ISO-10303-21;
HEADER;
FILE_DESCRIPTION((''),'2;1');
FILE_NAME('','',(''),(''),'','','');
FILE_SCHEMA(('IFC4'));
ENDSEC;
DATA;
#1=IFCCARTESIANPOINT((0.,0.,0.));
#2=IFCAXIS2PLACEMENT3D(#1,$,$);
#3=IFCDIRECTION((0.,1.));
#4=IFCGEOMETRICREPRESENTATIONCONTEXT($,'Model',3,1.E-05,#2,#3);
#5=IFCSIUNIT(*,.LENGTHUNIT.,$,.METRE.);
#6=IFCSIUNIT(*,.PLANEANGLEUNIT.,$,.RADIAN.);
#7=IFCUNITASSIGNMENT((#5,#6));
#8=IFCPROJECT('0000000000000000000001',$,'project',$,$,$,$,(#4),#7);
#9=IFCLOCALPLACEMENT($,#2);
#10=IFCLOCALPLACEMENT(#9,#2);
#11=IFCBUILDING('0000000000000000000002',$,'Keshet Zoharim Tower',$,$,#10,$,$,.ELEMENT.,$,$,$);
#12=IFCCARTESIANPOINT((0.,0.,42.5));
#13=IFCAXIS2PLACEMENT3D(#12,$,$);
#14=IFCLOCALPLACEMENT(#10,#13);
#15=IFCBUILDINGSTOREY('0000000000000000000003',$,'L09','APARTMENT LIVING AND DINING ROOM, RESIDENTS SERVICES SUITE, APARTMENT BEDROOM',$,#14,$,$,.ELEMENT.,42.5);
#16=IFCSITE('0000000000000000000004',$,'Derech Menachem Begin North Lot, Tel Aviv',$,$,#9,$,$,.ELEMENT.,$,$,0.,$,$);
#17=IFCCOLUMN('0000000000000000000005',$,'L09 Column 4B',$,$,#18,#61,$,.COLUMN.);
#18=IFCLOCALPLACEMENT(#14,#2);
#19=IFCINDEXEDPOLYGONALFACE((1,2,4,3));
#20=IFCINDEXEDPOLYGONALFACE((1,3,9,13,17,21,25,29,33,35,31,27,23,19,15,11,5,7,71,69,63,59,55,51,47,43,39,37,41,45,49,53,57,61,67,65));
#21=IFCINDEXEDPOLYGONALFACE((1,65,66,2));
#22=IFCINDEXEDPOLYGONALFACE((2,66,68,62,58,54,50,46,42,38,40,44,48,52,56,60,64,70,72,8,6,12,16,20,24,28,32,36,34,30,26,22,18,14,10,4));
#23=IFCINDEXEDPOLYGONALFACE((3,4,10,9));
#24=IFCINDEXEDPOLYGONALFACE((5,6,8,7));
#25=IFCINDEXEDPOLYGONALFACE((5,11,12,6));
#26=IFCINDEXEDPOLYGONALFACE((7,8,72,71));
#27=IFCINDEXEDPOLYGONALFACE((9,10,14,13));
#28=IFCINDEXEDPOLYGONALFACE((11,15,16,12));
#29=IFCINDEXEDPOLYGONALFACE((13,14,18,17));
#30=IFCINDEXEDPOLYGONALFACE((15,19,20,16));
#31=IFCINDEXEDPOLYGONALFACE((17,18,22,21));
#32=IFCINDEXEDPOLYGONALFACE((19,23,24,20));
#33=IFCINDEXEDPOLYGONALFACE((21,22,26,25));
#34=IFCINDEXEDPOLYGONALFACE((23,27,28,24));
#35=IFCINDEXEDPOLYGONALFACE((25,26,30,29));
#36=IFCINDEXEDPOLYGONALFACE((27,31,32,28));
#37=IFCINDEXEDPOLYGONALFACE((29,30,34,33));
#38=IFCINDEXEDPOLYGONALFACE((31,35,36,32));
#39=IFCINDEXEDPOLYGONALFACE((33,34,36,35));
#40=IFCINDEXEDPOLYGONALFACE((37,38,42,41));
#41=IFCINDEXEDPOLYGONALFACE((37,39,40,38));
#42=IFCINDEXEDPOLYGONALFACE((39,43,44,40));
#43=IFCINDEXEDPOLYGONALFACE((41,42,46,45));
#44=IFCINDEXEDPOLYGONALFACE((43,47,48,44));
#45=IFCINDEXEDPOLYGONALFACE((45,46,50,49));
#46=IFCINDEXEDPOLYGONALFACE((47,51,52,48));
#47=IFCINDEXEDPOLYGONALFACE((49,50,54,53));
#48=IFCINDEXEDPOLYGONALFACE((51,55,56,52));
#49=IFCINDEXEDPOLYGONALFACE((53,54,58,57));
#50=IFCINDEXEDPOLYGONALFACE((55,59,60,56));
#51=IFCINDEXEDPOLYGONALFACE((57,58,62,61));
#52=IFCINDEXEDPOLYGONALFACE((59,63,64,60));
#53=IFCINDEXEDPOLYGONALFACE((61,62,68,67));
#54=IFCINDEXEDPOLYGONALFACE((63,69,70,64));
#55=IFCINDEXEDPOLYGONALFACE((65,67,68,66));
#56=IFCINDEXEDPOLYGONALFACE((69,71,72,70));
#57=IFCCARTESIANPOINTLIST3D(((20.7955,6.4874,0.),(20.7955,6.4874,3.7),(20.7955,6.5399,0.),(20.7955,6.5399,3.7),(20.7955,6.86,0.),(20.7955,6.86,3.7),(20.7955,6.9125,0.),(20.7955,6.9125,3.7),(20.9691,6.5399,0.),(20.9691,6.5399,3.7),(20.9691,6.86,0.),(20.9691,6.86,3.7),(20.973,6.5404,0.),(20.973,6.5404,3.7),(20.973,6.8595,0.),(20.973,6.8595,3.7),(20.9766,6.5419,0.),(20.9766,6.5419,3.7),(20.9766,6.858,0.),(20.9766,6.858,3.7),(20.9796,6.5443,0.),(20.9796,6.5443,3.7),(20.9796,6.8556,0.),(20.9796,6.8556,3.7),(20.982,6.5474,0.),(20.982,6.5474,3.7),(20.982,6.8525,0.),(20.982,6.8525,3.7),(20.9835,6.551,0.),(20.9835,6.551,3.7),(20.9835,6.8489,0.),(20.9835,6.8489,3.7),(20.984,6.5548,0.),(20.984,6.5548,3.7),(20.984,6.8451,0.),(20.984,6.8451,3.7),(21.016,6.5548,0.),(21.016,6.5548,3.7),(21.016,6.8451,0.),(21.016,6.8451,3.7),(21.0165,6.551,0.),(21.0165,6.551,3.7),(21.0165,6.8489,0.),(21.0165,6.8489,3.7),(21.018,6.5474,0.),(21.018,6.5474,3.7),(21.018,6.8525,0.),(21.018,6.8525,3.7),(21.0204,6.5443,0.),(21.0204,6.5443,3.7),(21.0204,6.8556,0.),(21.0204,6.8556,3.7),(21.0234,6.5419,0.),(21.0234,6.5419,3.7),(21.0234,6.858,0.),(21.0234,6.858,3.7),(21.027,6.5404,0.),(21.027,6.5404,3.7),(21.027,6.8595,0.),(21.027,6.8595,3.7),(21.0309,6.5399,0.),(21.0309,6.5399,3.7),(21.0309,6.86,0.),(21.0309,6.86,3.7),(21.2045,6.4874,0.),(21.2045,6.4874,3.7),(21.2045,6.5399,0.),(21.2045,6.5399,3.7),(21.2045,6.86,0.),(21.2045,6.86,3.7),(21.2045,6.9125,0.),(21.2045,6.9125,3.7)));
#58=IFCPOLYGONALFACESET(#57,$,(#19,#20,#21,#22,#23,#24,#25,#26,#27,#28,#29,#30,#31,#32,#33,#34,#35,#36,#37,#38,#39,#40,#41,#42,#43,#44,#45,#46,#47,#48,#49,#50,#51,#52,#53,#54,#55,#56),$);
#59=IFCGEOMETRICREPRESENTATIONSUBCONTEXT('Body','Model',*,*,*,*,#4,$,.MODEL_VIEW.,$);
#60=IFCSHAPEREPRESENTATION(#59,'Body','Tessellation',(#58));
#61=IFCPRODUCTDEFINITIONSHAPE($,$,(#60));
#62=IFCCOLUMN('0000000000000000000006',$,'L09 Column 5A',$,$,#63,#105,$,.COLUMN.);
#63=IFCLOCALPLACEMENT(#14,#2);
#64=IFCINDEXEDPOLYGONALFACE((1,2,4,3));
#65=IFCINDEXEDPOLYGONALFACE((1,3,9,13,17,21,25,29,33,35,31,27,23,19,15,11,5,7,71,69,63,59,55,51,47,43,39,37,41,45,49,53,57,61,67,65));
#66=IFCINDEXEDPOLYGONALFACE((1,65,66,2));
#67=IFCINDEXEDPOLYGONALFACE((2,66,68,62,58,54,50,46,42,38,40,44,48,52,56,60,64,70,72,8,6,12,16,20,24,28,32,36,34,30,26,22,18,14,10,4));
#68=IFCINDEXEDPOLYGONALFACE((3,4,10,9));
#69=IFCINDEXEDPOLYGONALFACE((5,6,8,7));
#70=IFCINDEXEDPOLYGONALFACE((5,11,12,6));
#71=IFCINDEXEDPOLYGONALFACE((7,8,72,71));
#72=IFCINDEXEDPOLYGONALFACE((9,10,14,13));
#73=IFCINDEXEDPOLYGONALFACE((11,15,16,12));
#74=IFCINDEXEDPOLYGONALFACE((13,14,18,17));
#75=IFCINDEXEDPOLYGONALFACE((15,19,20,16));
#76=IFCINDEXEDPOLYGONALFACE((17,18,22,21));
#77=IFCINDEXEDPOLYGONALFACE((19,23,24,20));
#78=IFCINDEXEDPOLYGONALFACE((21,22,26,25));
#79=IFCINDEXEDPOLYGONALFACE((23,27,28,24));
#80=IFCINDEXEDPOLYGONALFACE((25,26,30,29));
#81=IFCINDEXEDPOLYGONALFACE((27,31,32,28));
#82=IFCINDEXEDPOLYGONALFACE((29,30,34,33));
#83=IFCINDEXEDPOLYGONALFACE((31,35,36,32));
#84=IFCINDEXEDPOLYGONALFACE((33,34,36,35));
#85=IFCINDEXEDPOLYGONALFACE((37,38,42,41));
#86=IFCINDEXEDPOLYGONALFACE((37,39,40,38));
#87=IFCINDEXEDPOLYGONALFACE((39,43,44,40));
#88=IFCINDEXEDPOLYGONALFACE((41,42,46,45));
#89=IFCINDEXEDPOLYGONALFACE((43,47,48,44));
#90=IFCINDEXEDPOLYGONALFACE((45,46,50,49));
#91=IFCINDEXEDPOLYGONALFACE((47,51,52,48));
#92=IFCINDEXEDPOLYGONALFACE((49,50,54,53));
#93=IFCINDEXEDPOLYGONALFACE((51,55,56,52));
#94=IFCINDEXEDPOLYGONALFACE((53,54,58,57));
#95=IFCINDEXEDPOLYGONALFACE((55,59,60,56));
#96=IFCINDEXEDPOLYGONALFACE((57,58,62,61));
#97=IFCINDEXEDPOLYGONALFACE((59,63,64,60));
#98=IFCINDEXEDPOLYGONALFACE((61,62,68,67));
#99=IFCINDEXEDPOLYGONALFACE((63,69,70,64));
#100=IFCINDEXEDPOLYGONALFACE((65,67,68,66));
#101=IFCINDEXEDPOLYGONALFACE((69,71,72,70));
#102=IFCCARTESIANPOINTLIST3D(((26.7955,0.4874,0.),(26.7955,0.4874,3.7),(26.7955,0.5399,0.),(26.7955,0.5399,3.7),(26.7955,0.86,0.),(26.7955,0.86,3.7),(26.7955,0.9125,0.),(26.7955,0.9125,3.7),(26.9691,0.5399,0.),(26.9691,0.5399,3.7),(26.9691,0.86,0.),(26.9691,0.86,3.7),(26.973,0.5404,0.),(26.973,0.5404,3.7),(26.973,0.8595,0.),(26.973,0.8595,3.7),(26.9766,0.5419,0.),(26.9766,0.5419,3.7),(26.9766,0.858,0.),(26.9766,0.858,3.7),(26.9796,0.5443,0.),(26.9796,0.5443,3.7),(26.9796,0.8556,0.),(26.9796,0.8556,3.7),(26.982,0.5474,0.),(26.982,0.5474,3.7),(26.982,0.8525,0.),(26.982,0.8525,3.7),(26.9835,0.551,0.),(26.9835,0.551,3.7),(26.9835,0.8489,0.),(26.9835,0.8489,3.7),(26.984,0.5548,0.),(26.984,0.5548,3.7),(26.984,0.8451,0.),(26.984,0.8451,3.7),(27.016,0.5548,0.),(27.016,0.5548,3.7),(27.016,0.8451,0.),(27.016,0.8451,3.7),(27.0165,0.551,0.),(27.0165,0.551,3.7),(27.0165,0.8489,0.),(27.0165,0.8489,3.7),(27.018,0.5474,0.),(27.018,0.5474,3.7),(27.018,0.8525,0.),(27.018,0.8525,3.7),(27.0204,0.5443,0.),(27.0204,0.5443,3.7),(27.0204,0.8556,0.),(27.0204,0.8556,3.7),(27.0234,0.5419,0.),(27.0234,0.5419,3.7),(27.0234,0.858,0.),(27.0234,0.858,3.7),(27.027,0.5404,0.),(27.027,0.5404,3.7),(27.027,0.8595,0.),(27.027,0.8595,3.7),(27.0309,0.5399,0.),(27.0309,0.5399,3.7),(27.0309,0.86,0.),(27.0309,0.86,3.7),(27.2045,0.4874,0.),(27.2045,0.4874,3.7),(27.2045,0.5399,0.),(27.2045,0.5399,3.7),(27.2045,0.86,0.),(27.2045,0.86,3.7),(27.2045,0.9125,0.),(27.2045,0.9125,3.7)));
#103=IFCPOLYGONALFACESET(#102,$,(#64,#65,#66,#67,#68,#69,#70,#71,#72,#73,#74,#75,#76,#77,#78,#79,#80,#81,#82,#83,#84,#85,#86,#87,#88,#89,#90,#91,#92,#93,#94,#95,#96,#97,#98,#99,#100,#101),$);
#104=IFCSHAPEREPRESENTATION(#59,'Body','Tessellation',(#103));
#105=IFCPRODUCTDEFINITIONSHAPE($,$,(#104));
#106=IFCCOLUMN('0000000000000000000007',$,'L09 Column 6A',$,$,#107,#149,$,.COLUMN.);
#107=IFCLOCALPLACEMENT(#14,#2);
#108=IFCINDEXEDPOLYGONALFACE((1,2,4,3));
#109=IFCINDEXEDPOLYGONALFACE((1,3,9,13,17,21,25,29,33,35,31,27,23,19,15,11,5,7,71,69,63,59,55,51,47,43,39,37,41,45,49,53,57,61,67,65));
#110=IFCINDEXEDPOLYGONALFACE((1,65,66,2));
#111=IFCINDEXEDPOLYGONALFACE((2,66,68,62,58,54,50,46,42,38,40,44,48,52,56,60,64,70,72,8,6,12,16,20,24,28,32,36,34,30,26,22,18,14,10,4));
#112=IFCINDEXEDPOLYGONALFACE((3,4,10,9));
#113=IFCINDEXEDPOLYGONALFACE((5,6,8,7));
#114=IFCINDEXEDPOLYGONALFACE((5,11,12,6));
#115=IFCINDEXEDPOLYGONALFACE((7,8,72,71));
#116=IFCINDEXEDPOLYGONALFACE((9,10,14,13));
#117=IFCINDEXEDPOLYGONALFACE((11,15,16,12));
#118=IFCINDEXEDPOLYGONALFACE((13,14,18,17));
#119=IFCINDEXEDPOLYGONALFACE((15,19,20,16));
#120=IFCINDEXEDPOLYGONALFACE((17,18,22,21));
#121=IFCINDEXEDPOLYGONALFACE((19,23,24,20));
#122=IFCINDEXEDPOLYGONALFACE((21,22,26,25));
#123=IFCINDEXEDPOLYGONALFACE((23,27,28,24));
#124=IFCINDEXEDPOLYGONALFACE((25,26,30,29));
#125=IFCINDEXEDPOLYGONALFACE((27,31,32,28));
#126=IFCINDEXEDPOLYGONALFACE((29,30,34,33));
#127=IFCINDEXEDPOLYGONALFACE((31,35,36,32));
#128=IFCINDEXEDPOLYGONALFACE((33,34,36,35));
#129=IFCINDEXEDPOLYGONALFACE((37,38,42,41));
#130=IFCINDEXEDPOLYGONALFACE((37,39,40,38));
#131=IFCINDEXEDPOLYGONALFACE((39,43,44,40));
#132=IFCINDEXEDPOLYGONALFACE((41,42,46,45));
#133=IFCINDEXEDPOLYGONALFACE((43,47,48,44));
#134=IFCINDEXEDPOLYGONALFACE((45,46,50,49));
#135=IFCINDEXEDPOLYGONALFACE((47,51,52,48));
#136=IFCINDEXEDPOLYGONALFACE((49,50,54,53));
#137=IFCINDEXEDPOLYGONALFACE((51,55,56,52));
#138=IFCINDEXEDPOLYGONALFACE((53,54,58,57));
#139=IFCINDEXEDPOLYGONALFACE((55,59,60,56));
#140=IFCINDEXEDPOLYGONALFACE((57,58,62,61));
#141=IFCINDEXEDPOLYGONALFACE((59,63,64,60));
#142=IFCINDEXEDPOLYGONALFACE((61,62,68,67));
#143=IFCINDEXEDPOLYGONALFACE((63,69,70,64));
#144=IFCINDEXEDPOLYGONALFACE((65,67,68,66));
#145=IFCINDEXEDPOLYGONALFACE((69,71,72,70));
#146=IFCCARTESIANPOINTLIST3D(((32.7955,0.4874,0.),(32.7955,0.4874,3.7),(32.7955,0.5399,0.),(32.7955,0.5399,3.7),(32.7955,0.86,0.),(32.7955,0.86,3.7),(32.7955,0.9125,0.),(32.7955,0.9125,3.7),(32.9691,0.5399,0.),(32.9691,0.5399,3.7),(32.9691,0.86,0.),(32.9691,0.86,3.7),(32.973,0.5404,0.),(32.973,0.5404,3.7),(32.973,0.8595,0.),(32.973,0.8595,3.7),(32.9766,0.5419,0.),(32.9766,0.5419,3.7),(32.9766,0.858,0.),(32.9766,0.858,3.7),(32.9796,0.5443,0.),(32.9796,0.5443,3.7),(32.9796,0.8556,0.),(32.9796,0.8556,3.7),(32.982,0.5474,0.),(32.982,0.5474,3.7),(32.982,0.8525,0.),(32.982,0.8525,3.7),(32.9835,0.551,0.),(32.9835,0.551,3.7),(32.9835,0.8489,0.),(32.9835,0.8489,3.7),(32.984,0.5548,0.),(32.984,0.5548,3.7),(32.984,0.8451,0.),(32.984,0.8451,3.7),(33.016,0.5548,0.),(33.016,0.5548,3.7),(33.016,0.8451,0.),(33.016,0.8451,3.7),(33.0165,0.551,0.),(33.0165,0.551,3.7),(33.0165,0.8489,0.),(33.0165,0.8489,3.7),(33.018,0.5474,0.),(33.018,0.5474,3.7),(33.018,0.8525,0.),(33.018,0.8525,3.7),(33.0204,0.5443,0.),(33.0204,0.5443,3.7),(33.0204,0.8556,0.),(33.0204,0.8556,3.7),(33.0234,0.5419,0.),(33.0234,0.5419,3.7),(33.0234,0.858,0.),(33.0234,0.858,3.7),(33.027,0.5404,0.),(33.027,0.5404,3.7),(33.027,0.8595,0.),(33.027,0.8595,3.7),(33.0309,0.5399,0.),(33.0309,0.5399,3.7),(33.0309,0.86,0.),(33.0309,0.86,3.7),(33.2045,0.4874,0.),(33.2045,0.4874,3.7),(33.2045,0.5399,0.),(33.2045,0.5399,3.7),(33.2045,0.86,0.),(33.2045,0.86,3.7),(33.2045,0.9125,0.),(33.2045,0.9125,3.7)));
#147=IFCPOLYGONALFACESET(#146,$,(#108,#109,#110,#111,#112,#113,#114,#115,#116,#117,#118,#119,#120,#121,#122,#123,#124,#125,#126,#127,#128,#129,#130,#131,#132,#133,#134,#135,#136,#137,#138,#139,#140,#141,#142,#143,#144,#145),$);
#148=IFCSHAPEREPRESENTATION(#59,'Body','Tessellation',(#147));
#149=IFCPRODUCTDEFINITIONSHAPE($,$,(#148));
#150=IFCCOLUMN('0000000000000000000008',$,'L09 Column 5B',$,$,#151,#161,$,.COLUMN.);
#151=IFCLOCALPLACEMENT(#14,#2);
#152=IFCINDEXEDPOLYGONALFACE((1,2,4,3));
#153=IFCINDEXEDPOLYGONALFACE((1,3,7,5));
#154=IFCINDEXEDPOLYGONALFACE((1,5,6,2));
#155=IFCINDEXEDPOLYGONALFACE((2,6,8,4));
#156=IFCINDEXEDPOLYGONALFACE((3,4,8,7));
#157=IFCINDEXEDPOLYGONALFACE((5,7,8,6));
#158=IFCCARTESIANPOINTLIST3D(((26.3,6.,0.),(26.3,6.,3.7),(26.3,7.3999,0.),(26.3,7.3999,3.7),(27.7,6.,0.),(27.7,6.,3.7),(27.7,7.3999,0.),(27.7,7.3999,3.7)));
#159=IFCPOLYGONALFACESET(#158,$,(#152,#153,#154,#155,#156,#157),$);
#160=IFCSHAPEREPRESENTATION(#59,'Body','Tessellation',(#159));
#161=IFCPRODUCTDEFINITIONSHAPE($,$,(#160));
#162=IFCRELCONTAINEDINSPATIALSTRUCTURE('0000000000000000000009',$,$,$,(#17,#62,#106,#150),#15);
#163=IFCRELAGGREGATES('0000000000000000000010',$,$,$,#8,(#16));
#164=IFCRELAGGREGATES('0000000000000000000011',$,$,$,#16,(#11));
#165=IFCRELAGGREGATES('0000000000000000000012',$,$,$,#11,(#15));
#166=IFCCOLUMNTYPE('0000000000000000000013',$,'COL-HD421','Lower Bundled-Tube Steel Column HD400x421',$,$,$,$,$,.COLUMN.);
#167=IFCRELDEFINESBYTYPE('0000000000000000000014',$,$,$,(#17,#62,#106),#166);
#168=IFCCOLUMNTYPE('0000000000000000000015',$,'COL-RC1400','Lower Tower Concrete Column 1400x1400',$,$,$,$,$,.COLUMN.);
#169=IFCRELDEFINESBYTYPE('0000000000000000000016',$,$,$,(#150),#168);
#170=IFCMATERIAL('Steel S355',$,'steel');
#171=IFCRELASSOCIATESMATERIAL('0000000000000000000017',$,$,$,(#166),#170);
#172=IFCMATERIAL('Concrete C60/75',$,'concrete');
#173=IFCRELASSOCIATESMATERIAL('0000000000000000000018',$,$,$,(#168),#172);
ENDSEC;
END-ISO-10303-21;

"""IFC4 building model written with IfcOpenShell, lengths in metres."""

from ifc_helpers import new_model, si_unit, direction, frame, origin, origin_2d, place, context, subcontext, project, spatial, rectangle, i_section, extrude, material, material_profile, profile_set, type_object, element, save


model = new_model("IFC4")

# Units and contexts
model_context = context("Model", 3, precision=1e-05, world=origin(), true_north=direction((0.0, 1.0)))
body_context = subcontext(model_context, "Body", "Model", "MODEL_VIEW")
ifc_project = project(units=[si_unit("LENGTHUNIT", "METRE"), si_unit("PLANEANGLEUNIT", "RADIAN")], contexts=[model_context])

# Site, building, storey
site_placement = place(None, origin())
site = spatial("IfcSite", under=ifc_project, at=site_placement, Name="Derech Menachem Begin North Lot, Tel Aviv", CompositionType="ELEMENT", RefElevation=0.0)
building_placement = place(site_placement, origin())
building = spatial("IfcBuilding", under=site, at=building_placement, Name="Keshet Zoharim Tower", CompositionType="ELEMENT")
storey_placement = place(building_placement, frame((0.0, 0.0, 42.5)))
storey = spatial("IfcBuildingStorey", under=building, at=storey_placement, Name="L09", Description="APARTMENT LIVING AND DINING ROOM, RESIDENTS SERVICES SUITE, APARTMENT BEDROOM", CompositionType="ELEMENT", Elevation=42.5)

# Columns
ifc_material_1 = material(Name="Steel S355", Category="steel")
ifc_material_profile_1 = material_profile(ifc_material_1, i_section(OverallWidth=0.4089, OverallDepth=0.425, WebThickness=0.032, FlangeThickness=0.0525, FilletRadius=0.0149, at=origin_2d()), Name="HD400x421")
ifc_profile_set_1 = profile_set([ifc_material_profile_1], Name="Steel S355")
column_type_1 = type_object("IfcColumnType", Name="COL-HD421", Description="Lower Bundled-Tube Steel Column HD400x421", PredefinedType="COLUMN", material=ifc_profile_set_1)
for number, where, z_axis, x_axis, name in (
    (1, (21.0, 6.7, 0.0), (0.0, 0.0, 1.0), (1.0, 0.0, 0.0), "L09 Column 4B"),
    (2, (27.0, 0.7, 0.0), (0.0, 0.0, 1.0), (1.0, 0.0, 0.0), "L09 Column 5A"),
    (3, (33.0, 0.7, 0.0), (0.0, 0.0, 1.0), (1.0, 0.0, 0.0), "L09 Column 6A"),
):
    element("IfcColumn", number, at=place(storey_placement, frame(where, z_axis=z_axis, x_axis=x_axis)), inside=storey, type_object=column_type_1, Name=name, PredefinedType="COLUMN", context=body_context, shape_type="SweptSolid", body=[
        extrude(i_section(OverallWidth=0.4089, OverallDepth=0.425, WebThickness=0.032, FlangeThickness=0.0525, FilletRadius=0.0149, at=origin_2d()), origin(), (0.0, 0.0, 1.0), 3.7),
    ])
ifc_material_2 = material(Name="Concrete C60/75", Category="concrete")
ifc_material_profile_2 = material_profile(ifc_material_2, rectangle(XDim=1.3999, YDim=1.3999, at=origin_2d()), Name="RC1400x1400")
ifc_profile_set_2 = profile_set([ifc_material_profile_2], Name="Concrete C60/75")
column_type_2 = type_object("IfcColumnType", Name="COL-RC1400", Description="Lower Tower Concrete Column 1400x1400", PredefinedType="COLUMN", material=ifc_profile_set_2)
column_placement = place(storey_placement, frame((27.0, 6.7, 0.0), z_axis=(0.0, 0.0, 1.0), x_axis=(1.0, 0.0, 0.0)))
element("IfcColumn", 4, at=column_placement, inside=storey, type_object=column_type_2, Name="L09 Column 5B", PredefinedType="COLUMN", context=body_context, shape_type="SweptSolid", body=[
    extrude(rectangle(XDim=1.3999, YDim=1.3999, at=origin_2d()), origin(), (0.0, 0.0, 1.0), 3.7),
])

save(model, "model.ifc")
